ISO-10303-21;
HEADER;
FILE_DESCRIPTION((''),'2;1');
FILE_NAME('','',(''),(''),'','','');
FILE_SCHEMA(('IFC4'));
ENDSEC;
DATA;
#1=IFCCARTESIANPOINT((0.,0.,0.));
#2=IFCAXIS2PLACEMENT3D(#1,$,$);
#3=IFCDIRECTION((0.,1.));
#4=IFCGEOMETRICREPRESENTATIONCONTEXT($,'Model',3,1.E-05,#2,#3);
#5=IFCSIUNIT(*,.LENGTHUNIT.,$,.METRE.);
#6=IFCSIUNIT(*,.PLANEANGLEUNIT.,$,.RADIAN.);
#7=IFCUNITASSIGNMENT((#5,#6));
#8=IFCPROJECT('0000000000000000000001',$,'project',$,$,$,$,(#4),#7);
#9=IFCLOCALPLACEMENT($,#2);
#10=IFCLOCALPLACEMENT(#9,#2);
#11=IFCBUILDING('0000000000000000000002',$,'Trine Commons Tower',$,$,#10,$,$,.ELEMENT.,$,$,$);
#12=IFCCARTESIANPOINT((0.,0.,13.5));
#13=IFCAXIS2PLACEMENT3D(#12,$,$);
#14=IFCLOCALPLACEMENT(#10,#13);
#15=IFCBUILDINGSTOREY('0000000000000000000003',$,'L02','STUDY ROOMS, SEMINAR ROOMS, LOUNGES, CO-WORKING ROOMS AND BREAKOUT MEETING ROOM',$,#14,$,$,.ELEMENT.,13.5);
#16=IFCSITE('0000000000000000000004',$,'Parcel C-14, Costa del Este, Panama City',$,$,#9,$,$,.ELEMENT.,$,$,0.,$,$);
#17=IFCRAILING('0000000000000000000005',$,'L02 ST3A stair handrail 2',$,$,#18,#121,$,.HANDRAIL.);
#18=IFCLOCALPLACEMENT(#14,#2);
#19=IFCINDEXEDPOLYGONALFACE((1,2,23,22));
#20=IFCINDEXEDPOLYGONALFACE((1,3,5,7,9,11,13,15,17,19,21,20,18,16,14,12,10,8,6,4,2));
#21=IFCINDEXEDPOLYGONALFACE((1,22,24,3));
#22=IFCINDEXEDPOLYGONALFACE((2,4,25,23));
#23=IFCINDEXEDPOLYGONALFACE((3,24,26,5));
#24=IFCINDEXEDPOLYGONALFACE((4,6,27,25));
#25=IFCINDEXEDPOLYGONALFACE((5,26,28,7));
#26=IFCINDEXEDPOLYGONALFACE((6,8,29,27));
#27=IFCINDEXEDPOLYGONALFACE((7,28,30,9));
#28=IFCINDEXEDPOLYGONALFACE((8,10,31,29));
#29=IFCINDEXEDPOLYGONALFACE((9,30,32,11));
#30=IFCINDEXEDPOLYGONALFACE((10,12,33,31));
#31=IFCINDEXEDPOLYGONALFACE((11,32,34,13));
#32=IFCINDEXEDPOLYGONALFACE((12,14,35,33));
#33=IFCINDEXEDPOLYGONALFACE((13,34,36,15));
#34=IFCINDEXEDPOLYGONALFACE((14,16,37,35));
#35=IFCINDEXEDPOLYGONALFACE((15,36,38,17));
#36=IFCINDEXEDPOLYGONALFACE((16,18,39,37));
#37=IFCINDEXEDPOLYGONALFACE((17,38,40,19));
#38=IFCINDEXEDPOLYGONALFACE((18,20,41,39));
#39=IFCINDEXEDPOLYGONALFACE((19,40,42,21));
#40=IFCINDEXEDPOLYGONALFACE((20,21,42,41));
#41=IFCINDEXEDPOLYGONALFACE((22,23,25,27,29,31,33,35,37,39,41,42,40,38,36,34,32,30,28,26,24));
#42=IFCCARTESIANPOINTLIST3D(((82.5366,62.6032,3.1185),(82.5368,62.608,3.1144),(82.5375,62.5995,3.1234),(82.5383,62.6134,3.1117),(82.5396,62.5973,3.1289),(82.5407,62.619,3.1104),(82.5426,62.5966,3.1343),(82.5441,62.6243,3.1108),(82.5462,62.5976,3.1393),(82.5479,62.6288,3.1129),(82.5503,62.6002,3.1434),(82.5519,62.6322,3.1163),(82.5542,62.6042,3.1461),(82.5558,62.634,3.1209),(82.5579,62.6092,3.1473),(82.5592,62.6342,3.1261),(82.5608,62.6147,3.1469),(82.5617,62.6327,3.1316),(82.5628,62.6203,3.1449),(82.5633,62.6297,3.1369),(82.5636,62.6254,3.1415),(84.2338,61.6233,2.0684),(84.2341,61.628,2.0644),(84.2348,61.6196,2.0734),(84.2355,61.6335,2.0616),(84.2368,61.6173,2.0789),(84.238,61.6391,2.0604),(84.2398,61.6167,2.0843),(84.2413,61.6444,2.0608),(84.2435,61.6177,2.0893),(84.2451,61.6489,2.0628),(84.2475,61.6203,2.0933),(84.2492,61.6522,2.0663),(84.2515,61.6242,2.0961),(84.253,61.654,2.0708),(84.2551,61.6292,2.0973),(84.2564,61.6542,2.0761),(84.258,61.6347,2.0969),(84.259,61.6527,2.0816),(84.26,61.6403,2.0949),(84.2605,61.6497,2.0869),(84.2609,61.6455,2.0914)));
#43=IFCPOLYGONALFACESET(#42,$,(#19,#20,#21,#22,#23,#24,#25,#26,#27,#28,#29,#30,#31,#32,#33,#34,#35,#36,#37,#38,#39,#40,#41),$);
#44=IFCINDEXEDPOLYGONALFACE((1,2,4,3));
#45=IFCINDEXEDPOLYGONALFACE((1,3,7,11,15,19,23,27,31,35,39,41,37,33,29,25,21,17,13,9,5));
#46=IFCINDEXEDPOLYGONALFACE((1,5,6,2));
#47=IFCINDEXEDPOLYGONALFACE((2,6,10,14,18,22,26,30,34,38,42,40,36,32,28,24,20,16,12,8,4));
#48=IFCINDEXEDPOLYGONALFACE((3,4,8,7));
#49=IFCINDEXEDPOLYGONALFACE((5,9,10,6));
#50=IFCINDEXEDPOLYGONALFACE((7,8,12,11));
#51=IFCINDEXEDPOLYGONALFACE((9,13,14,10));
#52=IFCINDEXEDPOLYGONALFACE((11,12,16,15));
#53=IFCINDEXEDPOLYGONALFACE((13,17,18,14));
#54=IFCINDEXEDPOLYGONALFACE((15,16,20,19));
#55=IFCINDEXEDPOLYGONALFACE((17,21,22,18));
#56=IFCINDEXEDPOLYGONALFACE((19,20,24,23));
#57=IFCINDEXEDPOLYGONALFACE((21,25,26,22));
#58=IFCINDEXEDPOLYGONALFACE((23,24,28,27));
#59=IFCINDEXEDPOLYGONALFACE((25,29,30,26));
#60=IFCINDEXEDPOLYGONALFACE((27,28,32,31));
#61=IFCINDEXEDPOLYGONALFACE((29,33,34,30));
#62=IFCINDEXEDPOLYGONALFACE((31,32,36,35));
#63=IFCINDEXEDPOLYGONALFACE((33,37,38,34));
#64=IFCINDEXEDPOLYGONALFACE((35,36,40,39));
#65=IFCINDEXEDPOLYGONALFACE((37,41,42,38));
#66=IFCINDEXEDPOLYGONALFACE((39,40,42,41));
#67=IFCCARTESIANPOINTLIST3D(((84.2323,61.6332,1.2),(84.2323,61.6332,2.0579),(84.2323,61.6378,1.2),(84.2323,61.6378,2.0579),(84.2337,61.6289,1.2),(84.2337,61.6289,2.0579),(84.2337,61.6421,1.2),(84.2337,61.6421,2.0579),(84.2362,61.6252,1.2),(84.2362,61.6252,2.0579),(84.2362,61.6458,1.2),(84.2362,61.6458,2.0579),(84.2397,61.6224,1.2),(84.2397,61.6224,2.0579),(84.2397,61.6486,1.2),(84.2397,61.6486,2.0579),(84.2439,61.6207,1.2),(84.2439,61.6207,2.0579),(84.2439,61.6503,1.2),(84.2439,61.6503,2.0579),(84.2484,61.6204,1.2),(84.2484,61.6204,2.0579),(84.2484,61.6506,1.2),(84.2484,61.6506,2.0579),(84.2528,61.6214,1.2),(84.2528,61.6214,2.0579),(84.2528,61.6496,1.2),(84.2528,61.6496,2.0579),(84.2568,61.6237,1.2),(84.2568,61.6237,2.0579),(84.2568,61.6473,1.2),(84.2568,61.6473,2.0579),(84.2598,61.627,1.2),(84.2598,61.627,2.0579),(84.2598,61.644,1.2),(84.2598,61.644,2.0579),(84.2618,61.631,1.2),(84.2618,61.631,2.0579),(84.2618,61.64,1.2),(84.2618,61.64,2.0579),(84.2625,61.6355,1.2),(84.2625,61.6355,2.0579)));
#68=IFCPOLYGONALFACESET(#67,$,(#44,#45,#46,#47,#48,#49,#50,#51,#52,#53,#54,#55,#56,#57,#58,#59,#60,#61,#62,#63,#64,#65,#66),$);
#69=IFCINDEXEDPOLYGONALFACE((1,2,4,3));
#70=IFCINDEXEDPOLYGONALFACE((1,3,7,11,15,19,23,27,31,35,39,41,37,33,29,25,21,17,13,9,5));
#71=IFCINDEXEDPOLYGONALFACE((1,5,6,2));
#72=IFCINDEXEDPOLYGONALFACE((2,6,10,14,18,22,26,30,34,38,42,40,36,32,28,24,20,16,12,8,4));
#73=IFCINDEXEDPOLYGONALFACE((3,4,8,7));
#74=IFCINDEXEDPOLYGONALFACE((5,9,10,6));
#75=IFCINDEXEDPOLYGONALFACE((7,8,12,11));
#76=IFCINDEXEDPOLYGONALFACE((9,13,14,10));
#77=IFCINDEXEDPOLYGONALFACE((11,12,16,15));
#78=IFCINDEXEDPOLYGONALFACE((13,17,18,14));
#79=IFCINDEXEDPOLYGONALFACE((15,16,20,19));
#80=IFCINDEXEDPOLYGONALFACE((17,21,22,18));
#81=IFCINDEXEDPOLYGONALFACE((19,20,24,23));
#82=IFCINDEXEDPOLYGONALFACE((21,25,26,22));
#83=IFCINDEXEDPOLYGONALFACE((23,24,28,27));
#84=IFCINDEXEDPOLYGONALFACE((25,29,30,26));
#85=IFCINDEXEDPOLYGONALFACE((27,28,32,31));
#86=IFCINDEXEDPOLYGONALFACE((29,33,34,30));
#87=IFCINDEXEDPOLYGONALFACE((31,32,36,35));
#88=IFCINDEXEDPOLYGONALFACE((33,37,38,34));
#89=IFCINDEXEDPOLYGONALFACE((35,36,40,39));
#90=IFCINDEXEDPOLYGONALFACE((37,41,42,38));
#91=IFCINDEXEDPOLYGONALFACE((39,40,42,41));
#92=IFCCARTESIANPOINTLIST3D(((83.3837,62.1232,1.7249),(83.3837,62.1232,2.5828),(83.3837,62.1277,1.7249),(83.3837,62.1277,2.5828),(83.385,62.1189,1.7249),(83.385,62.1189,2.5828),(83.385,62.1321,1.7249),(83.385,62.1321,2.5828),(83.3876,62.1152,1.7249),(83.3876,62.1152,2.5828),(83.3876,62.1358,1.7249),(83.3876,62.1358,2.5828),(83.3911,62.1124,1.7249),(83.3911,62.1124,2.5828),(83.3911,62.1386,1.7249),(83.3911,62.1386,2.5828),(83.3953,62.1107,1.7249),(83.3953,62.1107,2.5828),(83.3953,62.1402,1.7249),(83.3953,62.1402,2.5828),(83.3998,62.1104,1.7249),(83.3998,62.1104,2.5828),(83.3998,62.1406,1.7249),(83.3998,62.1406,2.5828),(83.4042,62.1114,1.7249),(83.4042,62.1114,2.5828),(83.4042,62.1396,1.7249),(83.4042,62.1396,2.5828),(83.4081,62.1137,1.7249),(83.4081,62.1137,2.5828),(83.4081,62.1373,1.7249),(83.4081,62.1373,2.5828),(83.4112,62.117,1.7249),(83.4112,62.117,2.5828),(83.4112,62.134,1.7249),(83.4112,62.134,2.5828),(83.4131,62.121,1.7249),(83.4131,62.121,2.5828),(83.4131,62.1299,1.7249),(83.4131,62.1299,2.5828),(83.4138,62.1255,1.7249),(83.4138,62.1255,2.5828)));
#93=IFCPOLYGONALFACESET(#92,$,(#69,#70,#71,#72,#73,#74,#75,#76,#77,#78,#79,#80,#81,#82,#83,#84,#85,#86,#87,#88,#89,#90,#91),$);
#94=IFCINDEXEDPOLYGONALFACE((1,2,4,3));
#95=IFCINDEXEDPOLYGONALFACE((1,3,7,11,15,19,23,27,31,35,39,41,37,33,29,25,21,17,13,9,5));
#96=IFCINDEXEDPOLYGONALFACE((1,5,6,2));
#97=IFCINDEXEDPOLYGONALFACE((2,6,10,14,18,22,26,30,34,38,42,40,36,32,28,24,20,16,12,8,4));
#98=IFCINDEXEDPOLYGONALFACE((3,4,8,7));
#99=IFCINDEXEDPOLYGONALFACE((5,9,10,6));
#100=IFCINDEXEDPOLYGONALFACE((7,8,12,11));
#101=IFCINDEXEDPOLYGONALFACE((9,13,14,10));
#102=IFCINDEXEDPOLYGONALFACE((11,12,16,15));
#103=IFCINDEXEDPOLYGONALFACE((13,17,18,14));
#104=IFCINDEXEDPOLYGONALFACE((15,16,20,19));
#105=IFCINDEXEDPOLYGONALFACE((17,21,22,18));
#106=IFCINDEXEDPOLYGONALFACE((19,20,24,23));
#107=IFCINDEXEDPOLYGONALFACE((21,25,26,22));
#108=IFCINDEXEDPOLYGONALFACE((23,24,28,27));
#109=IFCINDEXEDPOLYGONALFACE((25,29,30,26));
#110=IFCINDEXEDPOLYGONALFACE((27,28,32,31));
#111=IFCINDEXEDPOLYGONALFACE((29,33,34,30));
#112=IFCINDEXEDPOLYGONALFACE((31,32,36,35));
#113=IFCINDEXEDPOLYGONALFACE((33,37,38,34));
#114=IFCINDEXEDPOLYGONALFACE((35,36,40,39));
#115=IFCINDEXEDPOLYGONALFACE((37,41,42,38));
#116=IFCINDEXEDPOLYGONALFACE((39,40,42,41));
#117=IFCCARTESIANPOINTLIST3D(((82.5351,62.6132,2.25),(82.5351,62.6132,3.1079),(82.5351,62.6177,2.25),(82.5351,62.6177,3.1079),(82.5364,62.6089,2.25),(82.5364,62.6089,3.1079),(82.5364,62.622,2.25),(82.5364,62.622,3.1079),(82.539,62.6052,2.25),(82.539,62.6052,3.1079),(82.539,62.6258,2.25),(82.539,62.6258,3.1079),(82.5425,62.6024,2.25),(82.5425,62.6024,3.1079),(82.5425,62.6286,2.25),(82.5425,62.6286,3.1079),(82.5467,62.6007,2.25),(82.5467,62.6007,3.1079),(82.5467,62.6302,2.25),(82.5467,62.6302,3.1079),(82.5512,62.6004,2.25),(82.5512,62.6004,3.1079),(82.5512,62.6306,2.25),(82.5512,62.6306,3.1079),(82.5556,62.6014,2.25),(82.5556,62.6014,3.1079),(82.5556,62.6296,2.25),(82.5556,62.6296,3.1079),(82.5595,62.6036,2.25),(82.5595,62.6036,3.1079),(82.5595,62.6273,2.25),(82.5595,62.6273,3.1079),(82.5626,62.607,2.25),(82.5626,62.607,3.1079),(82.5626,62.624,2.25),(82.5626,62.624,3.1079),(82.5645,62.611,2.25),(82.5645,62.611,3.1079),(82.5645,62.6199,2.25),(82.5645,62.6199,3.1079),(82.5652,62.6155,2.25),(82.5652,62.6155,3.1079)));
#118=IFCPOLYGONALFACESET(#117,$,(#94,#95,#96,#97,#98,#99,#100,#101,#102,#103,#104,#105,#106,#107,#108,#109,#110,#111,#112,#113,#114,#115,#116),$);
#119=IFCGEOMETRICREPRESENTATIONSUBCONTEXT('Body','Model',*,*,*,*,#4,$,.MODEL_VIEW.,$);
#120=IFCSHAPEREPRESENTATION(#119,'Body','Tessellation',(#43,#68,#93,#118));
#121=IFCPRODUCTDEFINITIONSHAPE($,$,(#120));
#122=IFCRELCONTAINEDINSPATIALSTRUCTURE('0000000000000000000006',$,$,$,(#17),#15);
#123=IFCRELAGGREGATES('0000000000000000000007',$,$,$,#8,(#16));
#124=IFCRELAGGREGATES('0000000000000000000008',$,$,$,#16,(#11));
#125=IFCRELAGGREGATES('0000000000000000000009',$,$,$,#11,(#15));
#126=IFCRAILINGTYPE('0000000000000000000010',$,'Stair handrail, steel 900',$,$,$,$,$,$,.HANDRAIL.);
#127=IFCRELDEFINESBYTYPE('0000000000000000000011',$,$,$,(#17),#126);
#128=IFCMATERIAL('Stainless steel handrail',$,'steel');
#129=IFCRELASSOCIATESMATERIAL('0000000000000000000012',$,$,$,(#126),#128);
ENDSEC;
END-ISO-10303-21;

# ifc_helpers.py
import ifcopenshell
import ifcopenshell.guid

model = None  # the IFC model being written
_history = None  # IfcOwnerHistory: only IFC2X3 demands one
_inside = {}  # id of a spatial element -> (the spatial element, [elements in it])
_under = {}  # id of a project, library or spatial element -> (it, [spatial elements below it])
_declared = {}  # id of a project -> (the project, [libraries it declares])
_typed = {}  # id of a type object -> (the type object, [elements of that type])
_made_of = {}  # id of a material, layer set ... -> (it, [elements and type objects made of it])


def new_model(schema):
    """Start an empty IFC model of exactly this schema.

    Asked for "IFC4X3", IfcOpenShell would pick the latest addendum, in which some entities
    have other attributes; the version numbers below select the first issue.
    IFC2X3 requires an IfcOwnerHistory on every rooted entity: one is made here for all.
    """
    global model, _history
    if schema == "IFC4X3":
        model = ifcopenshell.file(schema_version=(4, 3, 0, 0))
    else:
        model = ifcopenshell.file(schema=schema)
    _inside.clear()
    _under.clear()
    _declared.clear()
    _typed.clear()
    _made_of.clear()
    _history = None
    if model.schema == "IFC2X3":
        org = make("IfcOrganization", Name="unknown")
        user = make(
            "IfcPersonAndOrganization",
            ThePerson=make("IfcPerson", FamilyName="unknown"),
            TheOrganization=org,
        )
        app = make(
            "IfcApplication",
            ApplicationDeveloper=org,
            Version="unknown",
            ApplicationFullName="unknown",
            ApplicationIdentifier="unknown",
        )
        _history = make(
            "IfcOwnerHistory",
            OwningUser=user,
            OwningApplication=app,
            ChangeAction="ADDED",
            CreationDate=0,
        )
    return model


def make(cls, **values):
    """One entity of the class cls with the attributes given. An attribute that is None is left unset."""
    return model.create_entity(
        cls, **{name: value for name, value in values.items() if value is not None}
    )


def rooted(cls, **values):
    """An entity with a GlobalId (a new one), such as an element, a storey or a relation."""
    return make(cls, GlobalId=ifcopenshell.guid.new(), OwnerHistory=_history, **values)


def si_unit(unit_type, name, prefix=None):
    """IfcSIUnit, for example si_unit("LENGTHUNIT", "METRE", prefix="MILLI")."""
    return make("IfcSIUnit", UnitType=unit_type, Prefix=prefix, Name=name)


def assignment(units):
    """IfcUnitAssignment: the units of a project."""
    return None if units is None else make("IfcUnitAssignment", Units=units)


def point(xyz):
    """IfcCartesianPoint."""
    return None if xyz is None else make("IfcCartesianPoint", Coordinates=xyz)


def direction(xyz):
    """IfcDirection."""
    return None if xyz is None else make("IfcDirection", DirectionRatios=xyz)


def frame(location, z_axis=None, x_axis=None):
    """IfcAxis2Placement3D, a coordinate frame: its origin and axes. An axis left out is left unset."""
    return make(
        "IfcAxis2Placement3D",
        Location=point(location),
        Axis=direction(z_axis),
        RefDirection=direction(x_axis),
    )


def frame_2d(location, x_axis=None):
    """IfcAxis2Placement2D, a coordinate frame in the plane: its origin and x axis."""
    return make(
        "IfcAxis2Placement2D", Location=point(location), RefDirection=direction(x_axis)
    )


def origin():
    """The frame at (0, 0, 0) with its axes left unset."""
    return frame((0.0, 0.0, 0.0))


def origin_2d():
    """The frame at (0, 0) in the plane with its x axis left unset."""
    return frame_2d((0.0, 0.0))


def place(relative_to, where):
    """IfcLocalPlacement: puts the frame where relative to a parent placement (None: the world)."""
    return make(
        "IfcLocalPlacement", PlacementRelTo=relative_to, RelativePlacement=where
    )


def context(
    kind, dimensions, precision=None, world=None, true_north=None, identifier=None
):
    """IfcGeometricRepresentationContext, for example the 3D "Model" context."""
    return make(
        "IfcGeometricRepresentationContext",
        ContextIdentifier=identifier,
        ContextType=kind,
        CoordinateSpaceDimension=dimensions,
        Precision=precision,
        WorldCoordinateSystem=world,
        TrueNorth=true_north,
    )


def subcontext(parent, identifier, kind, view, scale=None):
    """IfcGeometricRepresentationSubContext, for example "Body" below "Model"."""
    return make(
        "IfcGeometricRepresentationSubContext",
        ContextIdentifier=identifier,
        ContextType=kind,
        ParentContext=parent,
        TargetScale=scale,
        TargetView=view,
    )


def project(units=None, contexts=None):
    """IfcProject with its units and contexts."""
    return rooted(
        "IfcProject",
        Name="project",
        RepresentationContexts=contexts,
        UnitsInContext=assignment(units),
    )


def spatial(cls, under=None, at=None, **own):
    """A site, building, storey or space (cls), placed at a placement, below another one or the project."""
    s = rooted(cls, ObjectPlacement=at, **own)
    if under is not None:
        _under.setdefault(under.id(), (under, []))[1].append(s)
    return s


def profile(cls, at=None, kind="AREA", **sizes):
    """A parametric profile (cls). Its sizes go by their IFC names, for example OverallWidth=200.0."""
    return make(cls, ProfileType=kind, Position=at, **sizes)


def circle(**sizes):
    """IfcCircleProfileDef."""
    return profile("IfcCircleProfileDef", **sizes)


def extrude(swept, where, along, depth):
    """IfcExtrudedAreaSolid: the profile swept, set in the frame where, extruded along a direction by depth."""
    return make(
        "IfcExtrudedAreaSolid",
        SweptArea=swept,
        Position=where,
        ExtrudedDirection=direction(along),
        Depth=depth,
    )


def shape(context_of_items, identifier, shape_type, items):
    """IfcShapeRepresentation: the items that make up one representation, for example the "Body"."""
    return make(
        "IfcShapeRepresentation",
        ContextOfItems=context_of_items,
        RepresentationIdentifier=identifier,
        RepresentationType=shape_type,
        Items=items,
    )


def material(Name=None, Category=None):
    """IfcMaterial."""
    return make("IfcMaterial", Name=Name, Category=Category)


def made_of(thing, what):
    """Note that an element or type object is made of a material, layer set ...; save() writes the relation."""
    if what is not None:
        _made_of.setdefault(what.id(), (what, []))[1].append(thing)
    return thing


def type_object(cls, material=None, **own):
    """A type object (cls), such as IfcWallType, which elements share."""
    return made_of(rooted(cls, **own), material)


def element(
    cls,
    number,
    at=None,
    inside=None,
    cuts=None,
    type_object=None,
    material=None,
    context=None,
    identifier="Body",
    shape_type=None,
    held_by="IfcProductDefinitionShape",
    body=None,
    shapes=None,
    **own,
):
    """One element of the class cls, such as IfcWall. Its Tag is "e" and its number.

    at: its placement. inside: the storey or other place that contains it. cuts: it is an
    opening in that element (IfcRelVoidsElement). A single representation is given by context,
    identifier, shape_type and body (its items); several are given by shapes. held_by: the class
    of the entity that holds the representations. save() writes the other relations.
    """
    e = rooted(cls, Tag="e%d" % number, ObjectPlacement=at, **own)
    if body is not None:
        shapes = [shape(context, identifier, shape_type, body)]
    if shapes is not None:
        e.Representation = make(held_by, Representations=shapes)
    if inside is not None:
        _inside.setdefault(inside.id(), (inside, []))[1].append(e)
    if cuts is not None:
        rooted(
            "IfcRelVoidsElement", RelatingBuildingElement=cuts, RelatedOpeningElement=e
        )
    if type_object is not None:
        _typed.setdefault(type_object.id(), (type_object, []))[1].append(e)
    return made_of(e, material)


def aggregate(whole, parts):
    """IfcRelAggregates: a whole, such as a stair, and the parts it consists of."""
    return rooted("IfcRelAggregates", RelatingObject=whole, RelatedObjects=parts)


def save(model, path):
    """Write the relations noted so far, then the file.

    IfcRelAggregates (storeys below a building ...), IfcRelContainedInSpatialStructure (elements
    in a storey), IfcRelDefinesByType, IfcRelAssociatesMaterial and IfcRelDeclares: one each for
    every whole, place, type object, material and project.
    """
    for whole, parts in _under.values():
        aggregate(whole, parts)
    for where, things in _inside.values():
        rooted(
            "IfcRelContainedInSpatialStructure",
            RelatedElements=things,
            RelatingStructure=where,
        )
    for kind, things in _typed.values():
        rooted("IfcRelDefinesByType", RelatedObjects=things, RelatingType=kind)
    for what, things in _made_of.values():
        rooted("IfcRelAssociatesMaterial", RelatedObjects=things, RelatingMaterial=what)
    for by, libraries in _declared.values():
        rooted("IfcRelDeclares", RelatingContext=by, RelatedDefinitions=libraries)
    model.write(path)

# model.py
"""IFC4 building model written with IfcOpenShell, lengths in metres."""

from ifc_helpers import new_model, si_unit, direction, frame, origin, origin_2d, place, context, subcontext, project, spatial, circle, extrude, material, type_object, element, save


model = new_model("IFC4")

# Units and contexts
model_context = context("Model", 3, precision=1e-05, world=origin(), true_north=direction((0.0, 1.0)))
body_context = subcontext(model_context, "Body", "Model", "MODEL_VIEW")
ifc_project = project(units=[si_unit("LENGTHUNIT", "METRE"), si_unit("PLANEANGLEUNIT", "RADIAN")], contexts=[model_context])

# Site, building, storey
site_placement = place(None, origin())
site = spatial("IfcSite", under=ifc_project, at=site_placement, Name="Parcel C-14, Costa del Este, Panama City", CompositionType="ELEMENT", RefElevation=0.0)
building_placement = place(site_placement, origin())
building = spatial("IfcBuilding", under=site, at=building_placement, Name="Trine Commons Tower", CompositionType="ELEMENT")
storey_placement = place(building_placement, frame((0.0, 0.0, 13.5)))
storey = spatial("IfcBuildingStorey", under=building, at=storey_placement, Name="L02", Description="STUDY ROOMS, SEMINAR ROOMS, LOUNGES, CO-WORKING ROOMS AND BREAKOUT MEETING ROOM", CompositionType="ELEMENT", Elevation=13.5)

# Railing
ifc_material_1 = material(Name="Stainless steel handrail", Category="steel")
railing_type_1 = type_object("IfcRailingType", Name="Stair handrail, steel 900", PredefinedType="HANDRAIL", material=ifc_material_1)
railing_1_placement = place(storey_placement, frame((84.2473, 61.6355, 1.2)))
element("IfcRailing", 1, at=railing_1_placement, inside=storey, type_object=railing_type_1, Name="L02 ST3A stair handrail 2", PredefinedType="HANDRAIL", context=body_context, shape_type="SweptSolid", body=[
    extrude(circle(Radius=0.021, at=origin_2d()), frame((0.0, 0.0, 0.8789), z_axis=(-0.763352, 0.44075, 0.472264), x_axis=(-0.500024, -0.866011, 0.0)), (0.0, 0.0, 1.0), 2.2234),
    extrude(circle(Radius=0.0151, at=origin_2d()), origin(), (0.0, 0.0, 1.0), 0.8579),
    extrude(circle(Radius=0.0151, at=origin_2d()), frame((-0.8486, 0.49, 0.5249)), (0.0, 0.0, 1.0), 0.8579),
    extrude(circle(Radius=0.0151, at=origin_2d()), frame((-1.6973, 0.98, 1.05)), (0.0, 0.0, 1.0), 0.8579),
])

save(model, "model.ifc")
